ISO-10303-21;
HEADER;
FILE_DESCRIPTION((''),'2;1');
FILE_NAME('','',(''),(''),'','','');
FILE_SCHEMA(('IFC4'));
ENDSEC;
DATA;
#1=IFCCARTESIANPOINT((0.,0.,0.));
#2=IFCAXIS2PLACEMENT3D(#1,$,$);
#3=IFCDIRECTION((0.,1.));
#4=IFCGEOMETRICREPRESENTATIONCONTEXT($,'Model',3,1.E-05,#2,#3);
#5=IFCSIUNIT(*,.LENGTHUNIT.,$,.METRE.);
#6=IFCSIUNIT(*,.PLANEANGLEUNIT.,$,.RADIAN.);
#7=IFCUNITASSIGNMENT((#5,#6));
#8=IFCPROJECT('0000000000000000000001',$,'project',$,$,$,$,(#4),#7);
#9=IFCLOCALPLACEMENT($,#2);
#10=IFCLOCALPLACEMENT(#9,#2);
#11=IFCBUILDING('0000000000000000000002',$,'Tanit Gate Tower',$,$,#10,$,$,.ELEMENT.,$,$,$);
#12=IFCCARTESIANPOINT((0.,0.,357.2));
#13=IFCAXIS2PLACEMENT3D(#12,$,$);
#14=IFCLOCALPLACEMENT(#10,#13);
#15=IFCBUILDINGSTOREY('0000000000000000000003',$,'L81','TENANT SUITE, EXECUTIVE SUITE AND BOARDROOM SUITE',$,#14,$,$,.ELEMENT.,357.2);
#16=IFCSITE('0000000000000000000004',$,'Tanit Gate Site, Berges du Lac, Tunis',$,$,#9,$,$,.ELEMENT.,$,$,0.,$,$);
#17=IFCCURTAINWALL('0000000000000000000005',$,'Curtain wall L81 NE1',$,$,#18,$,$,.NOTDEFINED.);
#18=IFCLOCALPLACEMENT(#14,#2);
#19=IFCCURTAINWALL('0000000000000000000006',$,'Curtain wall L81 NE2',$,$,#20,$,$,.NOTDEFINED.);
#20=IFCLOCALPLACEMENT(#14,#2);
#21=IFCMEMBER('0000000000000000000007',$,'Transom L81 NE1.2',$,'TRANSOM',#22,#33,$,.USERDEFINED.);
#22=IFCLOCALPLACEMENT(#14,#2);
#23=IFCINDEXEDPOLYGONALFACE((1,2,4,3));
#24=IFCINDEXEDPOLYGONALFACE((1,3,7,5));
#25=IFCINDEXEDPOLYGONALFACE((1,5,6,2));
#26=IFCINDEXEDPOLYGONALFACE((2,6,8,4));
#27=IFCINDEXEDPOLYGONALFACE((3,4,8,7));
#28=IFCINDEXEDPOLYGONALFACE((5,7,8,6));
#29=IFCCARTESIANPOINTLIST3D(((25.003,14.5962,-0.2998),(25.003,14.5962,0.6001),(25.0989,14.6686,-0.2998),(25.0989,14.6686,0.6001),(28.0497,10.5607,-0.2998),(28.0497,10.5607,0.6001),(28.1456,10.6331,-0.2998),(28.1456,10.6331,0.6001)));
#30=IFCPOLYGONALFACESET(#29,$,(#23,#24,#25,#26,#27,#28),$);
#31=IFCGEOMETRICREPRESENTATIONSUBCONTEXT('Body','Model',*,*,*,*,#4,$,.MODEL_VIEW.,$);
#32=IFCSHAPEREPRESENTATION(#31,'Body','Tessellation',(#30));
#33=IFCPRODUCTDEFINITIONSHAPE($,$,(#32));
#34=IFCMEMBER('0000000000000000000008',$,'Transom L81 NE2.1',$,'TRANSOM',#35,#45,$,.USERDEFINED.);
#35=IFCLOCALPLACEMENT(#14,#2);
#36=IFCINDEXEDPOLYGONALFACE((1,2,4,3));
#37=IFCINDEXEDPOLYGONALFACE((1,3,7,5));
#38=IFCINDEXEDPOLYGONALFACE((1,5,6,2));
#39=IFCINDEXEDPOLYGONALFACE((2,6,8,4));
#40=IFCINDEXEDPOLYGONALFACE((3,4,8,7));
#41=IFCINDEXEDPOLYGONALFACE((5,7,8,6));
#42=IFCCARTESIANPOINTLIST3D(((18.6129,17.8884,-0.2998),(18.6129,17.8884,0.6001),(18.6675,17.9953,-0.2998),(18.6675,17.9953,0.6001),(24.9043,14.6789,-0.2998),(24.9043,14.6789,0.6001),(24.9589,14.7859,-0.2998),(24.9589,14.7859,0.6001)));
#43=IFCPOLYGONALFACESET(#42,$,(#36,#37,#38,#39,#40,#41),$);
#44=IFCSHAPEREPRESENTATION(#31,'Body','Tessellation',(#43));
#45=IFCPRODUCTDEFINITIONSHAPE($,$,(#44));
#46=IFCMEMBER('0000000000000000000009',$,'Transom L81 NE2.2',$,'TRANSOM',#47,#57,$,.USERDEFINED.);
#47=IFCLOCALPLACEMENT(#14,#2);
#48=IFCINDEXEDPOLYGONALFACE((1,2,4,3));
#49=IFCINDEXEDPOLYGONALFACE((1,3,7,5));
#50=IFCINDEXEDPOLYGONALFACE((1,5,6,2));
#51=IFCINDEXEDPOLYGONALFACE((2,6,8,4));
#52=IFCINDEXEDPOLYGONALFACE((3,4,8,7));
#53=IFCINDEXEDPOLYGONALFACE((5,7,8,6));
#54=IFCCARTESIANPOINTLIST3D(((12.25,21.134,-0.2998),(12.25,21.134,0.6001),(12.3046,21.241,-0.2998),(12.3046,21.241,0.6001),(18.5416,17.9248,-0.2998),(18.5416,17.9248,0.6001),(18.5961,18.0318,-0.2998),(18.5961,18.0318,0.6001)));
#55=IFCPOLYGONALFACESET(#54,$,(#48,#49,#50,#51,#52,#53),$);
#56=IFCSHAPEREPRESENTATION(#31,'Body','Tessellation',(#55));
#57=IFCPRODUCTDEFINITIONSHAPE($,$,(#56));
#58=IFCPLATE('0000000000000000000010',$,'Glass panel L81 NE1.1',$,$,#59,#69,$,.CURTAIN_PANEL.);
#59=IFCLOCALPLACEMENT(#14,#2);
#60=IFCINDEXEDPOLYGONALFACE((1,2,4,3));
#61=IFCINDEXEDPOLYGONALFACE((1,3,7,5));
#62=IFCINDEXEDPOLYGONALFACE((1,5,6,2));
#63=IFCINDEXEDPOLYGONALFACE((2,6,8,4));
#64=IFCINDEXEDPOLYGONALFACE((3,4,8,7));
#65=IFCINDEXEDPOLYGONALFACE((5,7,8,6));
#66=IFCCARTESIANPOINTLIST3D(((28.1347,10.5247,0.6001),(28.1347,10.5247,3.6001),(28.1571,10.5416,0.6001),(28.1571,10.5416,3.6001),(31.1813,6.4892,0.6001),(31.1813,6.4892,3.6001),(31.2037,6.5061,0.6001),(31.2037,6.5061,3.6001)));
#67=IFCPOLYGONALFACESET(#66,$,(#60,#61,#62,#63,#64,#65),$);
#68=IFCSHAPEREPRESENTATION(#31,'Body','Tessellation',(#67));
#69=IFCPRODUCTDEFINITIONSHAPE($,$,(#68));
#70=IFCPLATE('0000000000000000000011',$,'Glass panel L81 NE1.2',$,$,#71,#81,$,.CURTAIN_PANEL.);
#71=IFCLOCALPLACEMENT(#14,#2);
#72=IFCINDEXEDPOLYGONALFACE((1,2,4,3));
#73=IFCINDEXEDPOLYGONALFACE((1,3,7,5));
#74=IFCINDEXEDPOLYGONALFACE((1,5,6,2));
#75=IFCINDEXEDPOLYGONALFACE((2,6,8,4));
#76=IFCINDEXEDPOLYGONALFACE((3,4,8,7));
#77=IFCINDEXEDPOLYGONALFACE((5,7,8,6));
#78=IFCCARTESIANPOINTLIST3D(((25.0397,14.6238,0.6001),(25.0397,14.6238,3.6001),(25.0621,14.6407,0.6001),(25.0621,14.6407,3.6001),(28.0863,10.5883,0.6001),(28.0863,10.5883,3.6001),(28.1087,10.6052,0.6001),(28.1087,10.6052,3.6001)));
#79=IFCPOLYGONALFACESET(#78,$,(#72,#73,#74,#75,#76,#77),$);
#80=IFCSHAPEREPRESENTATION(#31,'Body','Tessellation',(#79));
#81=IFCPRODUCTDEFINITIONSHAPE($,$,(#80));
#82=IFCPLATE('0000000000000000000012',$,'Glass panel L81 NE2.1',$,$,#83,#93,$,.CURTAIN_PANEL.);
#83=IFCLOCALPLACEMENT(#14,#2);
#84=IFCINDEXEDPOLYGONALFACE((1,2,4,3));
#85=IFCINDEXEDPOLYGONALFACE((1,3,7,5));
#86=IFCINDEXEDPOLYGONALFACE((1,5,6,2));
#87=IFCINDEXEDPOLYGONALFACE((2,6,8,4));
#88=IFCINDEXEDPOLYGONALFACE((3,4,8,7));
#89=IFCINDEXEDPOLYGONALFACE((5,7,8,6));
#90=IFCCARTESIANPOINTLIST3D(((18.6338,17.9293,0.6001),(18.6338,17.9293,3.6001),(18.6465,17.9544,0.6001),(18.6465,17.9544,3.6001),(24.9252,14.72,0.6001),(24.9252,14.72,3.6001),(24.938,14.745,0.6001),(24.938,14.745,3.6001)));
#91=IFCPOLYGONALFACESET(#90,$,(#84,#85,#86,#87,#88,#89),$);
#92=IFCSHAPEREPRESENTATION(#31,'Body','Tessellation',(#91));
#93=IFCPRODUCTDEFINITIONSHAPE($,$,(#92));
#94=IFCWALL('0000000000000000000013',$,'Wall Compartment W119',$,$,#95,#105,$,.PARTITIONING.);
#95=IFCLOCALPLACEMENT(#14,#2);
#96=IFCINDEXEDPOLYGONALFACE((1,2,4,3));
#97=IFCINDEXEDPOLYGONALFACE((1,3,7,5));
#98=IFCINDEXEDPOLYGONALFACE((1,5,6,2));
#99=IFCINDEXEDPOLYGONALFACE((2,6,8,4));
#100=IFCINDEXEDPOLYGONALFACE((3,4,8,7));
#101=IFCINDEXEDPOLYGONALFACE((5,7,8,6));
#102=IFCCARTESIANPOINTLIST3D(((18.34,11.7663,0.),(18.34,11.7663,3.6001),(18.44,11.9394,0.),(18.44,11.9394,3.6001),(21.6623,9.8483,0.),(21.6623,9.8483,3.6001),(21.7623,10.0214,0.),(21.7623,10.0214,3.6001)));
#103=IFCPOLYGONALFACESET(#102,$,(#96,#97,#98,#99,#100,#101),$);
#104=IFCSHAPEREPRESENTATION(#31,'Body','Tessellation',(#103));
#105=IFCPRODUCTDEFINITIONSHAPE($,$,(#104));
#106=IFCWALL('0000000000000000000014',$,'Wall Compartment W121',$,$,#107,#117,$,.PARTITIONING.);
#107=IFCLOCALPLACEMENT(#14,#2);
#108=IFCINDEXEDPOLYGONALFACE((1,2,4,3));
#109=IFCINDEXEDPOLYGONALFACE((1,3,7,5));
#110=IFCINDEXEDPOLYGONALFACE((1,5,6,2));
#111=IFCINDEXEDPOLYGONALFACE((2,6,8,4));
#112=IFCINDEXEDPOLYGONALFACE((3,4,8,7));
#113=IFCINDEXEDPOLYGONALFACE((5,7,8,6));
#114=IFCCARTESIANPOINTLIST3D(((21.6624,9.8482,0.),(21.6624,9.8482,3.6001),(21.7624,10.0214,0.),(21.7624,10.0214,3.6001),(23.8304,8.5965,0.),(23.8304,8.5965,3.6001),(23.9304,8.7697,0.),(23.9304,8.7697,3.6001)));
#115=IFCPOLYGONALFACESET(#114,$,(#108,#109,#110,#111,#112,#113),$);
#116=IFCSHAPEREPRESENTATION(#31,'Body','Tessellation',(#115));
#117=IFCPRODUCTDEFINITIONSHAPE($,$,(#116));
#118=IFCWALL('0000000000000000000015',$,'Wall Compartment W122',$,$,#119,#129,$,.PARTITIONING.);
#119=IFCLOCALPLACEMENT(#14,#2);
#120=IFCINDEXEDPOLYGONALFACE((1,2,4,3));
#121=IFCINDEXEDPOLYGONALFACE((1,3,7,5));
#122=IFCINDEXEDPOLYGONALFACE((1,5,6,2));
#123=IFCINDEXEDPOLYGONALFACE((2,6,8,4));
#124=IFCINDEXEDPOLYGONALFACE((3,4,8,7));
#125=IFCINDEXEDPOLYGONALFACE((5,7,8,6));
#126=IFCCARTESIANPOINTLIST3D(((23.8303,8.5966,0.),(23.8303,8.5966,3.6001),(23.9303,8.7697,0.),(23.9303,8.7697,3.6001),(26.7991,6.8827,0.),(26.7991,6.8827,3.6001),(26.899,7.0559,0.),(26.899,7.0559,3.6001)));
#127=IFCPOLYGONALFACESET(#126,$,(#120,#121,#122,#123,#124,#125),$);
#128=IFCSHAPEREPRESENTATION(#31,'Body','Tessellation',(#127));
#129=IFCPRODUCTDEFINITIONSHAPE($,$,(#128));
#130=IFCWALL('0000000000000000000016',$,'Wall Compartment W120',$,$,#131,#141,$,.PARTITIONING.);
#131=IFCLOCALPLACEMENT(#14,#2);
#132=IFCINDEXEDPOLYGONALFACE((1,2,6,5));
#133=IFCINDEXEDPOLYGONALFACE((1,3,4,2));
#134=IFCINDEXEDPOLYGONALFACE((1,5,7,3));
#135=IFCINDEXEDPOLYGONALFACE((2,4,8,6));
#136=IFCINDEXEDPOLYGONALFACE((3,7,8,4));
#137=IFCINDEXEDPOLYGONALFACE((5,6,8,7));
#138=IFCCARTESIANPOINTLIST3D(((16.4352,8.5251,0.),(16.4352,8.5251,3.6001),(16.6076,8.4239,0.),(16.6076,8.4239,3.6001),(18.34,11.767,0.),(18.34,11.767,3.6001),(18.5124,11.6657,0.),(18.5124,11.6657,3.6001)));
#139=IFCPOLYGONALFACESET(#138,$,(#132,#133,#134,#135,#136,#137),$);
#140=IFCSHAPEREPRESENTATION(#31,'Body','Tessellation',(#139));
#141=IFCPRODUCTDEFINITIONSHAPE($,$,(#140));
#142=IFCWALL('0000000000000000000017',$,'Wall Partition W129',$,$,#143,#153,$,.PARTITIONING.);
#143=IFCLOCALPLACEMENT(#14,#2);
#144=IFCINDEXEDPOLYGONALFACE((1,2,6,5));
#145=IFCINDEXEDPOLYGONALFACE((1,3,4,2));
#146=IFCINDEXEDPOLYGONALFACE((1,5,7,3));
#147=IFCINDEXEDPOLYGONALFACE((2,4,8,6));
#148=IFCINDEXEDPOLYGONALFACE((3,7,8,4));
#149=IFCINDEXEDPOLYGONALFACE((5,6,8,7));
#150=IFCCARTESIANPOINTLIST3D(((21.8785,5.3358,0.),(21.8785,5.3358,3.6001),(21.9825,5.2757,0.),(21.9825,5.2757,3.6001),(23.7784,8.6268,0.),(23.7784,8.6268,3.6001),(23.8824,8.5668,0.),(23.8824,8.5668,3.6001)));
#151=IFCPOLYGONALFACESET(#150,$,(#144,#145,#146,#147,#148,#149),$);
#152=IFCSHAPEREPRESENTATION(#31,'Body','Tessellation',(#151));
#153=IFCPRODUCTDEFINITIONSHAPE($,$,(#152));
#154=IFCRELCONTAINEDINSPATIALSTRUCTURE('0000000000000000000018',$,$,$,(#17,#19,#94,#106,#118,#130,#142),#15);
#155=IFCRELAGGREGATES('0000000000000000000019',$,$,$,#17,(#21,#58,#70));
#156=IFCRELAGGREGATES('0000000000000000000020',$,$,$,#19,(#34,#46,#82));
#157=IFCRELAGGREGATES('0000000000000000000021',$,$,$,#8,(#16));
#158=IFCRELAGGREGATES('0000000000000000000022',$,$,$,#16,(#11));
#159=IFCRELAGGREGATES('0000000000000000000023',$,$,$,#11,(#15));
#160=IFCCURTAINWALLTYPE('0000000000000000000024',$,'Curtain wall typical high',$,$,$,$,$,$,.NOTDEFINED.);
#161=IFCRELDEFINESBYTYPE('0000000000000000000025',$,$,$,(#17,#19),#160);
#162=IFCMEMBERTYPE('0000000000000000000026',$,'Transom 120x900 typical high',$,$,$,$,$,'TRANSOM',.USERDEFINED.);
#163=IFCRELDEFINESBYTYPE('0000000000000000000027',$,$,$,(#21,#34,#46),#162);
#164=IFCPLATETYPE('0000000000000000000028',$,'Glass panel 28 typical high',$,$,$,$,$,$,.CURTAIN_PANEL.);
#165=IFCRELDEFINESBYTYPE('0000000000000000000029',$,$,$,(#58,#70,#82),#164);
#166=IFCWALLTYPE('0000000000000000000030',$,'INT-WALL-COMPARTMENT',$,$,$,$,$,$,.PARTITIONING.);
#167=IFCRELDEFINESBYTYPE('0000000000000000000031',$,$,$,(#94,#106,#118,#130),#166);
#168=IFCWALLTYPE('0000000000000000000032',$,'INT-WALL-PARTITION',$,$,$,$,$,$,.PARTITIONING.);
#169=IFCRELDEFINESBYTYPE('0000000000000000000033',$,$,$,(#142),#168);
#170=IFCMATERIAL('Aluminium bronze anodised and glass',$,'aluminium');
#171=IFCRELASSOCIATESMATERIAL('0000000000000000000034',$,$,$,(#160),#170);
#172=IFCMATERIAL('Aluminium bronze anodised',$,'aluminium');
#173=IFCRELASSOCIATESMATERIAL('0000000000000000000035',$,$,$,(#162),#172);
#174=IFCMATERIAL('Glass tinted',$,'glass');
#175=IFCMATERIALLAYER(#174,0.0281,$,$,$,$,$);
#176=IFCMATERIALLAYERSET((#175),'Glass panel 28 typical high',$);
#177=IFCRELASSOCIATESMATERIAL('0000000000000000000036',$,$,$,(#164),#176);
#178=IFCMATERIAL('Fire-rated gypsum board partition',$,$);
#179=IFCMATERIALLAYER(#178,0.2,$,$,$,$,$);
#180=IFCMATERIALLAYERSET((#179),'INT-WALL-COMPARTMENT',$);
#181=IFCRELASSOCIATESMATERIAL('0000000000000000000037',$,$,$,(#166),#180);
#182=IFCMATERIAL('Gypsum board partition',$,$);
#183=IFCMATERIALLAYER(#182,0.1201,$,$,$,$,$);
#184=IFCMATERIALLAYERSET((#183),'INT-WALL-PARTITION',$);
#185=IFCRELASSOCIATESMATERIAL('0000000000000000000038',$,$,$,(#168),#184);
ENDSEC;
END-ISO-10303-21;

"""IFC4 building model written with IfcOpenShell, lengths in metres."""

from ifc_helpers import new_model, si_unit, direction, frame, frame_2d, origin, origin_2d, place, context, subcontext, project, spatial, rectangle, extrude, material, layer, layer_set, material_profile, profile_set, type_object, element, aggregate, save


model = new_model("IFC4")

# Units and contexts
model_context = context("Model", 3, precision=1e-05, world=origin(), true_north=direction((0.0, 1.0)))
body_context = subcontext(model_context, "Body", "Model", "MODEL_VIEW")
ifc_project = project(units=[si_unit("LENGTHUNIT", "METRE"), si_unit("PLANEANGLEUNIT", "RADIAN")], contexts=[model_context])

# Site, building, storey
site_placement = place(None, origin())
site = spatial("IfcSite", under=ifc_project, at=site_placement, Name="Tanit Gate Site, Berges du Lac, Tunis", CompositionType="ELEMENT", RefElevation=0.0)
building_placement = place(site_placement, origin())
building = spatial("IfcBuilding", under=site, at=building_placement, Name="Tanit Gate Tower", CompositionType="ELEMENT")
storey_placement = place(building_placement, frame((0.0, 0.0, 357.2)))
storey = spatial("IfcBuildingStorey", under=building, at=storey_placement, Name="L81", Description="TENANT SUITE, EXECUTIVE SUITE AND BOARDROOM SUITE", CompositionType="ELEMENT", Elevation=357.2)

# Curtain wall
ifc_material_1 = material(Name="Aluminium bronze anodised and glass", Category="aluminium")
curtain_wall_type = type_object("IfcCurtainWallType", Name="Curtain wall typical high", PredefinedType="NOTDEFINED", material=ifc_material_1)
curtain_wall_1_placement = place(storey_placement, origin())
curtain_wall_1 = element("IfcCurtainWall", 1, at=curtain_wall_1_placement, inside=storey, type_object=curtain_wall_type, Name="Curtain wall L81 NE1", PredefinedType="NOTDEFINED")

# Curtain wall
curtain_wall_2_placement = place(storey_placement, origin())
curtain_wall_2 = element("IfcCurtainWall", 2, at=curtain_wall_2_placement, inside=storey, type_object=curtain_wall_type, Name="Curtain wall L81 NE2", PredefinedType="NOTDEFINED")

# Members
ifc_material_2 = material(Name="Aluminium bronze anodised", Category="aluminium")
ifc_material_profile_1 = material_profile(ifc_material_2, rectangle(XDim=0.1201, YDim=0.8999, at=origin_2d()), Name="120x900 bronze transom")
ifc_profile_set_1 = profile_set([ifc_material_profile_1], Name="Aluminium bronze anodised")
member_type_1 = type_object("IfcMemberType", Name="Transom 120x900 typical high", ElementType="TRANSOM", PredefinedType="USERDEFINED", material=ifc_profile_set_1)
member_1_placement = place(storey_placement, frame((28.0977, 10.5969, 0.1501), z_axis=(-0.602539, 0.79809, 0.0), x_axis=(-0.79809, -0.602539, 0.0)))
member_1 = element("IfcMember", 3, at=member_1_placement, type_object=member_type_1, Name="Transom L81 NE1.2", ObjectType="TRANSOM", PredefinedType="USERDEFINED", context=body_context, shape_type="SweptSolid", body=[
    extrude(rectangle(XDim=0.1201, YDim=0.8999, at=origin_2d()), origin(), (0.0, 0.0, 1.0), 5.0564),
])
member_2_placement = place(storey_placement, frame((24.9316, 14.7324, 0.1501), z_axis=(-0.890789, 0.454417, 0.0), x_axis=(-0.454417, -0.890789, 0.0)))
member_2 = element("IfcMember", 4, at=member_2_placement, type_object=member_type_1, Name="Transom L81 NE2.1", ObjectType="TRANSOM", PredefinedType="USERDEFINED", context=body_context, shape_type="SweptSolid", body=[
    extrude(rectangle(XDim=0.1201, YDim=0.8999, at=origin_2d()), origin(), (0.0, 0.0, 1.0), 7.0627),
])
member_3_placement = place(storey_placement, frame((18.5688, 17.9783, 0.1501), z_axis=(-0.890803, 0.454389, 0.0), x_axis=(-0.454389, -0.890803, 0.0)))
member_3 = element("IfcMember", 5, at=member_3_placement, type_object=member_type_1, Name="Transom L81 NE2.2", ObjectType="TRANSOM", PredefinedType="USERDEFINED", context=body_context, shape_type="SweptSolid", body=[
    extrude(rectangle(XDim=0.1201, YDim=0.8999, at=origin_2d()), origin(), (0.0, 0.0, 1.0), 7.0627),
])

# Plates
ifc_material_3 = material(Name="Glass tinted", Category="glass")
ifc_layer_1 = layer(ifc_material_3, 0.0281)
ifc_layer_set_1 = layer_set([ifc_layer_1], Name="Glass panel 28 typical high")
plate_type = type_object("IfcPlateType", Name="Glass panel 28 typical high", PredefinedType="CURTAIN_PANEL", material=ifc_layer_set_1)
plate_1_placement = place(storey_placement, frame((29.6692, 8.5154, 0.6001), z_axis=(0.0, 0.0, 1.0), x_axis=(-0.602531, 0.798096, 0.0)))
plate_1 = element("IfcPlate", 6, at=plate_1_placement, type_object=plate_type, Name="Glass panel L81 NE1.1", PredefinedType="CURTAIN_PANEL", context=body_context, shape_type="SweptSolid", body=[
    extrude(rectangle(XDim=5.0564, YDim=0.0281, at=origin_2d()), origin(), (0.0, 0.0, 1.0), 3.0),
])
plate_2_placement = place(storey_placement, frame((26.5742, 12.6145, 0.6001), z_axis=(0.0, 0.0, 1.0), x_axis=(-0.602531, 0.798096, 0.0)))
plate_2 = element("IfcPlate", 7, at=plate_2_placement, type_object=plate_type, Name="Glass panel L81 NE1.2", PredefinedType="CURTAIN_PANEL", context=body_context, shape_type="SweptSolid", body=[
    extrude(rectangle(XDim=5.0564, YDim=0.0281, at=origin_2d()), origin(), (0.0, 0.0, 1.0), 3.0),
])
aggregate(curtain_wall_1, [member_1, plate_1, plate_2])
plate_3_placement = place(storey_placement, frame((21.7859, 16.3372, 0.6001), z_axis=(0.0, 0.0, 1.0), x_axis=(-0.890792, 0.454411, 0.0)))
plate_3 = element("IfcPlate", 8, at=plate_3_placement, type_object=plate_type, Name="Glass panel L81 NE2.1", PredefinedType="CURTAIN_PANEL", context=body_context, shape_type="SweptSolid", body=[
    extrude(rectangle(XDim=7.0627, YDim=0.0281, at=origin_2d()), origin(), (0.0, 0.0, 1.0), 3.0),
])
aggregate(curtain_wall_2, [member_2, member_3, plate_3])

# Walls
ifc_material_4 = material(Name="Fire-rated gypsum board partition")
ifc_layer_2 = layer(ifc_material_4, 0.2)
ifc_layer_set_2 = layer_set([ifc_layer_2], Name="INT-WALL-COMPARTMENT")
wall_type_1 = type_object("IfcWallType", Name="INT-WALL-COMPARTMENT", PredefinedType="PARTITIONING", material=ifc_layer_set_2)
wall_1_placement = place(storey_placement, frame((18.3901, 11.8528, 0.0), z_axis=(0.0, 0.0, 1.0), x_axis=(0.866041, -0.499972, 0.0)))
element("IfcWall", 9, at=wall_1_placement, inside=storey, type_object=wall_type_1, Name="Wall Compartment W119", PredefinedType="PARTITIONING", context=body_context, shape_type="SweptSolid", body=[
    extrude(rectangle(XDim=3.8362, YDim=0.2, at=frame_2d((1.918, 0.0))), origin(), (0.0, 0.0, 1.0), 3.6001),
])
wall_2_placement = place(storey_placement, frame((21.7124, 9.9348, 0.0), z_axis=(0.0, 0.0, 1.0), x_axis=(0.86602, -0.500009, 0.0)))
element("IfcWall", 10, at=wall_2_placement, inside=storey, type_object=wall_type_1, Name="Wall Compartment W121", PredefinedType="PARTITIONING", context=body_context, shape_type="SweptSolid", body=[
    extrude(rectangle(XDim=2.5034, YDim=0.2, at=frame_2d((1.2517, 0.0))), origin(), (0.0, 0.0, 1.0), 3.6001),
])
wall_3_placement = place(storey_placement, frame((23.8804, 8.6831, 0.0), z_axis=(0.0, 0.0, 1.0), x_axis=(0.866043, -0.499969, 0.0)))
element("IfcWall", 11, at=wall_3_placement, inside=storey, type_object=wall_type_1, Name="Wall Compartment W122", PredefinedType="PARTITIONING", context=body_context, shape_type="SweptSolid", body=[
    extrude(rectangle(XDim=3.428, YDim=0.2, at=frame_2d((1.7139, 0.0))), origin(), (0.0, 0.0, 1.0), 3.6001),
])
wall_4_placement = place(storey_placement, frame((16.5215, 8.4746, 0.0), z_axis=(0.0, 0.0, 1.0), x_axis=(0.506577, 0.862194, 0.0)))
element("IfcWall", 12, at=wall_4_placement, inside=storey, type_object=wall_type_1, Name="Wall Compartment W120", PredefinedType="PARTITIONING", context=body_context, shape_type="SweptSolid", body=[
    extrude(rectangle(XDim=3.76, YDim=0.2, at=frame_2d((1.8799, 0.0))), origin(), (0.0, 0.0, 1.0), 3.6001),
])
ifc_material_5 = material(Name="Gypsum board partition")
ifc_layer_3 = layer(ifc_material_5, 0.1201)
ifc_layer_set_3 = layer_set([ifc_layer_3], Name="INT-WALL-PARTITION")
wall_type_2 = type_object("IfcWallType", Name="INT-WALL-PARTITION", PredefinedType="PARTITIONING", material=ifc_layer_set_3)
wall_5_placement = place(storey_placement, frame((23.8303, 8.5967, 0.0), z_axis=(0.0, 0.0, 1.0), x_axis=(-0.499967, -0.866044, 0.0)))
element("IfcWall", 13, at=wall_5_placement, inside=storey, type_object=wall_type_2, Name="Wall Partition W129", PredefinedType="PARTITIONING", context=body_context, shape_type="SweptSolid", body=[
    extrude(rectangle(XDim=3.8, YDim=0.1201, at=frame_2d((1.8999, 0.0))), origin(), (0.0, 0.0, 1.0), 3.6001),
])

save(model, "model.ifc")
